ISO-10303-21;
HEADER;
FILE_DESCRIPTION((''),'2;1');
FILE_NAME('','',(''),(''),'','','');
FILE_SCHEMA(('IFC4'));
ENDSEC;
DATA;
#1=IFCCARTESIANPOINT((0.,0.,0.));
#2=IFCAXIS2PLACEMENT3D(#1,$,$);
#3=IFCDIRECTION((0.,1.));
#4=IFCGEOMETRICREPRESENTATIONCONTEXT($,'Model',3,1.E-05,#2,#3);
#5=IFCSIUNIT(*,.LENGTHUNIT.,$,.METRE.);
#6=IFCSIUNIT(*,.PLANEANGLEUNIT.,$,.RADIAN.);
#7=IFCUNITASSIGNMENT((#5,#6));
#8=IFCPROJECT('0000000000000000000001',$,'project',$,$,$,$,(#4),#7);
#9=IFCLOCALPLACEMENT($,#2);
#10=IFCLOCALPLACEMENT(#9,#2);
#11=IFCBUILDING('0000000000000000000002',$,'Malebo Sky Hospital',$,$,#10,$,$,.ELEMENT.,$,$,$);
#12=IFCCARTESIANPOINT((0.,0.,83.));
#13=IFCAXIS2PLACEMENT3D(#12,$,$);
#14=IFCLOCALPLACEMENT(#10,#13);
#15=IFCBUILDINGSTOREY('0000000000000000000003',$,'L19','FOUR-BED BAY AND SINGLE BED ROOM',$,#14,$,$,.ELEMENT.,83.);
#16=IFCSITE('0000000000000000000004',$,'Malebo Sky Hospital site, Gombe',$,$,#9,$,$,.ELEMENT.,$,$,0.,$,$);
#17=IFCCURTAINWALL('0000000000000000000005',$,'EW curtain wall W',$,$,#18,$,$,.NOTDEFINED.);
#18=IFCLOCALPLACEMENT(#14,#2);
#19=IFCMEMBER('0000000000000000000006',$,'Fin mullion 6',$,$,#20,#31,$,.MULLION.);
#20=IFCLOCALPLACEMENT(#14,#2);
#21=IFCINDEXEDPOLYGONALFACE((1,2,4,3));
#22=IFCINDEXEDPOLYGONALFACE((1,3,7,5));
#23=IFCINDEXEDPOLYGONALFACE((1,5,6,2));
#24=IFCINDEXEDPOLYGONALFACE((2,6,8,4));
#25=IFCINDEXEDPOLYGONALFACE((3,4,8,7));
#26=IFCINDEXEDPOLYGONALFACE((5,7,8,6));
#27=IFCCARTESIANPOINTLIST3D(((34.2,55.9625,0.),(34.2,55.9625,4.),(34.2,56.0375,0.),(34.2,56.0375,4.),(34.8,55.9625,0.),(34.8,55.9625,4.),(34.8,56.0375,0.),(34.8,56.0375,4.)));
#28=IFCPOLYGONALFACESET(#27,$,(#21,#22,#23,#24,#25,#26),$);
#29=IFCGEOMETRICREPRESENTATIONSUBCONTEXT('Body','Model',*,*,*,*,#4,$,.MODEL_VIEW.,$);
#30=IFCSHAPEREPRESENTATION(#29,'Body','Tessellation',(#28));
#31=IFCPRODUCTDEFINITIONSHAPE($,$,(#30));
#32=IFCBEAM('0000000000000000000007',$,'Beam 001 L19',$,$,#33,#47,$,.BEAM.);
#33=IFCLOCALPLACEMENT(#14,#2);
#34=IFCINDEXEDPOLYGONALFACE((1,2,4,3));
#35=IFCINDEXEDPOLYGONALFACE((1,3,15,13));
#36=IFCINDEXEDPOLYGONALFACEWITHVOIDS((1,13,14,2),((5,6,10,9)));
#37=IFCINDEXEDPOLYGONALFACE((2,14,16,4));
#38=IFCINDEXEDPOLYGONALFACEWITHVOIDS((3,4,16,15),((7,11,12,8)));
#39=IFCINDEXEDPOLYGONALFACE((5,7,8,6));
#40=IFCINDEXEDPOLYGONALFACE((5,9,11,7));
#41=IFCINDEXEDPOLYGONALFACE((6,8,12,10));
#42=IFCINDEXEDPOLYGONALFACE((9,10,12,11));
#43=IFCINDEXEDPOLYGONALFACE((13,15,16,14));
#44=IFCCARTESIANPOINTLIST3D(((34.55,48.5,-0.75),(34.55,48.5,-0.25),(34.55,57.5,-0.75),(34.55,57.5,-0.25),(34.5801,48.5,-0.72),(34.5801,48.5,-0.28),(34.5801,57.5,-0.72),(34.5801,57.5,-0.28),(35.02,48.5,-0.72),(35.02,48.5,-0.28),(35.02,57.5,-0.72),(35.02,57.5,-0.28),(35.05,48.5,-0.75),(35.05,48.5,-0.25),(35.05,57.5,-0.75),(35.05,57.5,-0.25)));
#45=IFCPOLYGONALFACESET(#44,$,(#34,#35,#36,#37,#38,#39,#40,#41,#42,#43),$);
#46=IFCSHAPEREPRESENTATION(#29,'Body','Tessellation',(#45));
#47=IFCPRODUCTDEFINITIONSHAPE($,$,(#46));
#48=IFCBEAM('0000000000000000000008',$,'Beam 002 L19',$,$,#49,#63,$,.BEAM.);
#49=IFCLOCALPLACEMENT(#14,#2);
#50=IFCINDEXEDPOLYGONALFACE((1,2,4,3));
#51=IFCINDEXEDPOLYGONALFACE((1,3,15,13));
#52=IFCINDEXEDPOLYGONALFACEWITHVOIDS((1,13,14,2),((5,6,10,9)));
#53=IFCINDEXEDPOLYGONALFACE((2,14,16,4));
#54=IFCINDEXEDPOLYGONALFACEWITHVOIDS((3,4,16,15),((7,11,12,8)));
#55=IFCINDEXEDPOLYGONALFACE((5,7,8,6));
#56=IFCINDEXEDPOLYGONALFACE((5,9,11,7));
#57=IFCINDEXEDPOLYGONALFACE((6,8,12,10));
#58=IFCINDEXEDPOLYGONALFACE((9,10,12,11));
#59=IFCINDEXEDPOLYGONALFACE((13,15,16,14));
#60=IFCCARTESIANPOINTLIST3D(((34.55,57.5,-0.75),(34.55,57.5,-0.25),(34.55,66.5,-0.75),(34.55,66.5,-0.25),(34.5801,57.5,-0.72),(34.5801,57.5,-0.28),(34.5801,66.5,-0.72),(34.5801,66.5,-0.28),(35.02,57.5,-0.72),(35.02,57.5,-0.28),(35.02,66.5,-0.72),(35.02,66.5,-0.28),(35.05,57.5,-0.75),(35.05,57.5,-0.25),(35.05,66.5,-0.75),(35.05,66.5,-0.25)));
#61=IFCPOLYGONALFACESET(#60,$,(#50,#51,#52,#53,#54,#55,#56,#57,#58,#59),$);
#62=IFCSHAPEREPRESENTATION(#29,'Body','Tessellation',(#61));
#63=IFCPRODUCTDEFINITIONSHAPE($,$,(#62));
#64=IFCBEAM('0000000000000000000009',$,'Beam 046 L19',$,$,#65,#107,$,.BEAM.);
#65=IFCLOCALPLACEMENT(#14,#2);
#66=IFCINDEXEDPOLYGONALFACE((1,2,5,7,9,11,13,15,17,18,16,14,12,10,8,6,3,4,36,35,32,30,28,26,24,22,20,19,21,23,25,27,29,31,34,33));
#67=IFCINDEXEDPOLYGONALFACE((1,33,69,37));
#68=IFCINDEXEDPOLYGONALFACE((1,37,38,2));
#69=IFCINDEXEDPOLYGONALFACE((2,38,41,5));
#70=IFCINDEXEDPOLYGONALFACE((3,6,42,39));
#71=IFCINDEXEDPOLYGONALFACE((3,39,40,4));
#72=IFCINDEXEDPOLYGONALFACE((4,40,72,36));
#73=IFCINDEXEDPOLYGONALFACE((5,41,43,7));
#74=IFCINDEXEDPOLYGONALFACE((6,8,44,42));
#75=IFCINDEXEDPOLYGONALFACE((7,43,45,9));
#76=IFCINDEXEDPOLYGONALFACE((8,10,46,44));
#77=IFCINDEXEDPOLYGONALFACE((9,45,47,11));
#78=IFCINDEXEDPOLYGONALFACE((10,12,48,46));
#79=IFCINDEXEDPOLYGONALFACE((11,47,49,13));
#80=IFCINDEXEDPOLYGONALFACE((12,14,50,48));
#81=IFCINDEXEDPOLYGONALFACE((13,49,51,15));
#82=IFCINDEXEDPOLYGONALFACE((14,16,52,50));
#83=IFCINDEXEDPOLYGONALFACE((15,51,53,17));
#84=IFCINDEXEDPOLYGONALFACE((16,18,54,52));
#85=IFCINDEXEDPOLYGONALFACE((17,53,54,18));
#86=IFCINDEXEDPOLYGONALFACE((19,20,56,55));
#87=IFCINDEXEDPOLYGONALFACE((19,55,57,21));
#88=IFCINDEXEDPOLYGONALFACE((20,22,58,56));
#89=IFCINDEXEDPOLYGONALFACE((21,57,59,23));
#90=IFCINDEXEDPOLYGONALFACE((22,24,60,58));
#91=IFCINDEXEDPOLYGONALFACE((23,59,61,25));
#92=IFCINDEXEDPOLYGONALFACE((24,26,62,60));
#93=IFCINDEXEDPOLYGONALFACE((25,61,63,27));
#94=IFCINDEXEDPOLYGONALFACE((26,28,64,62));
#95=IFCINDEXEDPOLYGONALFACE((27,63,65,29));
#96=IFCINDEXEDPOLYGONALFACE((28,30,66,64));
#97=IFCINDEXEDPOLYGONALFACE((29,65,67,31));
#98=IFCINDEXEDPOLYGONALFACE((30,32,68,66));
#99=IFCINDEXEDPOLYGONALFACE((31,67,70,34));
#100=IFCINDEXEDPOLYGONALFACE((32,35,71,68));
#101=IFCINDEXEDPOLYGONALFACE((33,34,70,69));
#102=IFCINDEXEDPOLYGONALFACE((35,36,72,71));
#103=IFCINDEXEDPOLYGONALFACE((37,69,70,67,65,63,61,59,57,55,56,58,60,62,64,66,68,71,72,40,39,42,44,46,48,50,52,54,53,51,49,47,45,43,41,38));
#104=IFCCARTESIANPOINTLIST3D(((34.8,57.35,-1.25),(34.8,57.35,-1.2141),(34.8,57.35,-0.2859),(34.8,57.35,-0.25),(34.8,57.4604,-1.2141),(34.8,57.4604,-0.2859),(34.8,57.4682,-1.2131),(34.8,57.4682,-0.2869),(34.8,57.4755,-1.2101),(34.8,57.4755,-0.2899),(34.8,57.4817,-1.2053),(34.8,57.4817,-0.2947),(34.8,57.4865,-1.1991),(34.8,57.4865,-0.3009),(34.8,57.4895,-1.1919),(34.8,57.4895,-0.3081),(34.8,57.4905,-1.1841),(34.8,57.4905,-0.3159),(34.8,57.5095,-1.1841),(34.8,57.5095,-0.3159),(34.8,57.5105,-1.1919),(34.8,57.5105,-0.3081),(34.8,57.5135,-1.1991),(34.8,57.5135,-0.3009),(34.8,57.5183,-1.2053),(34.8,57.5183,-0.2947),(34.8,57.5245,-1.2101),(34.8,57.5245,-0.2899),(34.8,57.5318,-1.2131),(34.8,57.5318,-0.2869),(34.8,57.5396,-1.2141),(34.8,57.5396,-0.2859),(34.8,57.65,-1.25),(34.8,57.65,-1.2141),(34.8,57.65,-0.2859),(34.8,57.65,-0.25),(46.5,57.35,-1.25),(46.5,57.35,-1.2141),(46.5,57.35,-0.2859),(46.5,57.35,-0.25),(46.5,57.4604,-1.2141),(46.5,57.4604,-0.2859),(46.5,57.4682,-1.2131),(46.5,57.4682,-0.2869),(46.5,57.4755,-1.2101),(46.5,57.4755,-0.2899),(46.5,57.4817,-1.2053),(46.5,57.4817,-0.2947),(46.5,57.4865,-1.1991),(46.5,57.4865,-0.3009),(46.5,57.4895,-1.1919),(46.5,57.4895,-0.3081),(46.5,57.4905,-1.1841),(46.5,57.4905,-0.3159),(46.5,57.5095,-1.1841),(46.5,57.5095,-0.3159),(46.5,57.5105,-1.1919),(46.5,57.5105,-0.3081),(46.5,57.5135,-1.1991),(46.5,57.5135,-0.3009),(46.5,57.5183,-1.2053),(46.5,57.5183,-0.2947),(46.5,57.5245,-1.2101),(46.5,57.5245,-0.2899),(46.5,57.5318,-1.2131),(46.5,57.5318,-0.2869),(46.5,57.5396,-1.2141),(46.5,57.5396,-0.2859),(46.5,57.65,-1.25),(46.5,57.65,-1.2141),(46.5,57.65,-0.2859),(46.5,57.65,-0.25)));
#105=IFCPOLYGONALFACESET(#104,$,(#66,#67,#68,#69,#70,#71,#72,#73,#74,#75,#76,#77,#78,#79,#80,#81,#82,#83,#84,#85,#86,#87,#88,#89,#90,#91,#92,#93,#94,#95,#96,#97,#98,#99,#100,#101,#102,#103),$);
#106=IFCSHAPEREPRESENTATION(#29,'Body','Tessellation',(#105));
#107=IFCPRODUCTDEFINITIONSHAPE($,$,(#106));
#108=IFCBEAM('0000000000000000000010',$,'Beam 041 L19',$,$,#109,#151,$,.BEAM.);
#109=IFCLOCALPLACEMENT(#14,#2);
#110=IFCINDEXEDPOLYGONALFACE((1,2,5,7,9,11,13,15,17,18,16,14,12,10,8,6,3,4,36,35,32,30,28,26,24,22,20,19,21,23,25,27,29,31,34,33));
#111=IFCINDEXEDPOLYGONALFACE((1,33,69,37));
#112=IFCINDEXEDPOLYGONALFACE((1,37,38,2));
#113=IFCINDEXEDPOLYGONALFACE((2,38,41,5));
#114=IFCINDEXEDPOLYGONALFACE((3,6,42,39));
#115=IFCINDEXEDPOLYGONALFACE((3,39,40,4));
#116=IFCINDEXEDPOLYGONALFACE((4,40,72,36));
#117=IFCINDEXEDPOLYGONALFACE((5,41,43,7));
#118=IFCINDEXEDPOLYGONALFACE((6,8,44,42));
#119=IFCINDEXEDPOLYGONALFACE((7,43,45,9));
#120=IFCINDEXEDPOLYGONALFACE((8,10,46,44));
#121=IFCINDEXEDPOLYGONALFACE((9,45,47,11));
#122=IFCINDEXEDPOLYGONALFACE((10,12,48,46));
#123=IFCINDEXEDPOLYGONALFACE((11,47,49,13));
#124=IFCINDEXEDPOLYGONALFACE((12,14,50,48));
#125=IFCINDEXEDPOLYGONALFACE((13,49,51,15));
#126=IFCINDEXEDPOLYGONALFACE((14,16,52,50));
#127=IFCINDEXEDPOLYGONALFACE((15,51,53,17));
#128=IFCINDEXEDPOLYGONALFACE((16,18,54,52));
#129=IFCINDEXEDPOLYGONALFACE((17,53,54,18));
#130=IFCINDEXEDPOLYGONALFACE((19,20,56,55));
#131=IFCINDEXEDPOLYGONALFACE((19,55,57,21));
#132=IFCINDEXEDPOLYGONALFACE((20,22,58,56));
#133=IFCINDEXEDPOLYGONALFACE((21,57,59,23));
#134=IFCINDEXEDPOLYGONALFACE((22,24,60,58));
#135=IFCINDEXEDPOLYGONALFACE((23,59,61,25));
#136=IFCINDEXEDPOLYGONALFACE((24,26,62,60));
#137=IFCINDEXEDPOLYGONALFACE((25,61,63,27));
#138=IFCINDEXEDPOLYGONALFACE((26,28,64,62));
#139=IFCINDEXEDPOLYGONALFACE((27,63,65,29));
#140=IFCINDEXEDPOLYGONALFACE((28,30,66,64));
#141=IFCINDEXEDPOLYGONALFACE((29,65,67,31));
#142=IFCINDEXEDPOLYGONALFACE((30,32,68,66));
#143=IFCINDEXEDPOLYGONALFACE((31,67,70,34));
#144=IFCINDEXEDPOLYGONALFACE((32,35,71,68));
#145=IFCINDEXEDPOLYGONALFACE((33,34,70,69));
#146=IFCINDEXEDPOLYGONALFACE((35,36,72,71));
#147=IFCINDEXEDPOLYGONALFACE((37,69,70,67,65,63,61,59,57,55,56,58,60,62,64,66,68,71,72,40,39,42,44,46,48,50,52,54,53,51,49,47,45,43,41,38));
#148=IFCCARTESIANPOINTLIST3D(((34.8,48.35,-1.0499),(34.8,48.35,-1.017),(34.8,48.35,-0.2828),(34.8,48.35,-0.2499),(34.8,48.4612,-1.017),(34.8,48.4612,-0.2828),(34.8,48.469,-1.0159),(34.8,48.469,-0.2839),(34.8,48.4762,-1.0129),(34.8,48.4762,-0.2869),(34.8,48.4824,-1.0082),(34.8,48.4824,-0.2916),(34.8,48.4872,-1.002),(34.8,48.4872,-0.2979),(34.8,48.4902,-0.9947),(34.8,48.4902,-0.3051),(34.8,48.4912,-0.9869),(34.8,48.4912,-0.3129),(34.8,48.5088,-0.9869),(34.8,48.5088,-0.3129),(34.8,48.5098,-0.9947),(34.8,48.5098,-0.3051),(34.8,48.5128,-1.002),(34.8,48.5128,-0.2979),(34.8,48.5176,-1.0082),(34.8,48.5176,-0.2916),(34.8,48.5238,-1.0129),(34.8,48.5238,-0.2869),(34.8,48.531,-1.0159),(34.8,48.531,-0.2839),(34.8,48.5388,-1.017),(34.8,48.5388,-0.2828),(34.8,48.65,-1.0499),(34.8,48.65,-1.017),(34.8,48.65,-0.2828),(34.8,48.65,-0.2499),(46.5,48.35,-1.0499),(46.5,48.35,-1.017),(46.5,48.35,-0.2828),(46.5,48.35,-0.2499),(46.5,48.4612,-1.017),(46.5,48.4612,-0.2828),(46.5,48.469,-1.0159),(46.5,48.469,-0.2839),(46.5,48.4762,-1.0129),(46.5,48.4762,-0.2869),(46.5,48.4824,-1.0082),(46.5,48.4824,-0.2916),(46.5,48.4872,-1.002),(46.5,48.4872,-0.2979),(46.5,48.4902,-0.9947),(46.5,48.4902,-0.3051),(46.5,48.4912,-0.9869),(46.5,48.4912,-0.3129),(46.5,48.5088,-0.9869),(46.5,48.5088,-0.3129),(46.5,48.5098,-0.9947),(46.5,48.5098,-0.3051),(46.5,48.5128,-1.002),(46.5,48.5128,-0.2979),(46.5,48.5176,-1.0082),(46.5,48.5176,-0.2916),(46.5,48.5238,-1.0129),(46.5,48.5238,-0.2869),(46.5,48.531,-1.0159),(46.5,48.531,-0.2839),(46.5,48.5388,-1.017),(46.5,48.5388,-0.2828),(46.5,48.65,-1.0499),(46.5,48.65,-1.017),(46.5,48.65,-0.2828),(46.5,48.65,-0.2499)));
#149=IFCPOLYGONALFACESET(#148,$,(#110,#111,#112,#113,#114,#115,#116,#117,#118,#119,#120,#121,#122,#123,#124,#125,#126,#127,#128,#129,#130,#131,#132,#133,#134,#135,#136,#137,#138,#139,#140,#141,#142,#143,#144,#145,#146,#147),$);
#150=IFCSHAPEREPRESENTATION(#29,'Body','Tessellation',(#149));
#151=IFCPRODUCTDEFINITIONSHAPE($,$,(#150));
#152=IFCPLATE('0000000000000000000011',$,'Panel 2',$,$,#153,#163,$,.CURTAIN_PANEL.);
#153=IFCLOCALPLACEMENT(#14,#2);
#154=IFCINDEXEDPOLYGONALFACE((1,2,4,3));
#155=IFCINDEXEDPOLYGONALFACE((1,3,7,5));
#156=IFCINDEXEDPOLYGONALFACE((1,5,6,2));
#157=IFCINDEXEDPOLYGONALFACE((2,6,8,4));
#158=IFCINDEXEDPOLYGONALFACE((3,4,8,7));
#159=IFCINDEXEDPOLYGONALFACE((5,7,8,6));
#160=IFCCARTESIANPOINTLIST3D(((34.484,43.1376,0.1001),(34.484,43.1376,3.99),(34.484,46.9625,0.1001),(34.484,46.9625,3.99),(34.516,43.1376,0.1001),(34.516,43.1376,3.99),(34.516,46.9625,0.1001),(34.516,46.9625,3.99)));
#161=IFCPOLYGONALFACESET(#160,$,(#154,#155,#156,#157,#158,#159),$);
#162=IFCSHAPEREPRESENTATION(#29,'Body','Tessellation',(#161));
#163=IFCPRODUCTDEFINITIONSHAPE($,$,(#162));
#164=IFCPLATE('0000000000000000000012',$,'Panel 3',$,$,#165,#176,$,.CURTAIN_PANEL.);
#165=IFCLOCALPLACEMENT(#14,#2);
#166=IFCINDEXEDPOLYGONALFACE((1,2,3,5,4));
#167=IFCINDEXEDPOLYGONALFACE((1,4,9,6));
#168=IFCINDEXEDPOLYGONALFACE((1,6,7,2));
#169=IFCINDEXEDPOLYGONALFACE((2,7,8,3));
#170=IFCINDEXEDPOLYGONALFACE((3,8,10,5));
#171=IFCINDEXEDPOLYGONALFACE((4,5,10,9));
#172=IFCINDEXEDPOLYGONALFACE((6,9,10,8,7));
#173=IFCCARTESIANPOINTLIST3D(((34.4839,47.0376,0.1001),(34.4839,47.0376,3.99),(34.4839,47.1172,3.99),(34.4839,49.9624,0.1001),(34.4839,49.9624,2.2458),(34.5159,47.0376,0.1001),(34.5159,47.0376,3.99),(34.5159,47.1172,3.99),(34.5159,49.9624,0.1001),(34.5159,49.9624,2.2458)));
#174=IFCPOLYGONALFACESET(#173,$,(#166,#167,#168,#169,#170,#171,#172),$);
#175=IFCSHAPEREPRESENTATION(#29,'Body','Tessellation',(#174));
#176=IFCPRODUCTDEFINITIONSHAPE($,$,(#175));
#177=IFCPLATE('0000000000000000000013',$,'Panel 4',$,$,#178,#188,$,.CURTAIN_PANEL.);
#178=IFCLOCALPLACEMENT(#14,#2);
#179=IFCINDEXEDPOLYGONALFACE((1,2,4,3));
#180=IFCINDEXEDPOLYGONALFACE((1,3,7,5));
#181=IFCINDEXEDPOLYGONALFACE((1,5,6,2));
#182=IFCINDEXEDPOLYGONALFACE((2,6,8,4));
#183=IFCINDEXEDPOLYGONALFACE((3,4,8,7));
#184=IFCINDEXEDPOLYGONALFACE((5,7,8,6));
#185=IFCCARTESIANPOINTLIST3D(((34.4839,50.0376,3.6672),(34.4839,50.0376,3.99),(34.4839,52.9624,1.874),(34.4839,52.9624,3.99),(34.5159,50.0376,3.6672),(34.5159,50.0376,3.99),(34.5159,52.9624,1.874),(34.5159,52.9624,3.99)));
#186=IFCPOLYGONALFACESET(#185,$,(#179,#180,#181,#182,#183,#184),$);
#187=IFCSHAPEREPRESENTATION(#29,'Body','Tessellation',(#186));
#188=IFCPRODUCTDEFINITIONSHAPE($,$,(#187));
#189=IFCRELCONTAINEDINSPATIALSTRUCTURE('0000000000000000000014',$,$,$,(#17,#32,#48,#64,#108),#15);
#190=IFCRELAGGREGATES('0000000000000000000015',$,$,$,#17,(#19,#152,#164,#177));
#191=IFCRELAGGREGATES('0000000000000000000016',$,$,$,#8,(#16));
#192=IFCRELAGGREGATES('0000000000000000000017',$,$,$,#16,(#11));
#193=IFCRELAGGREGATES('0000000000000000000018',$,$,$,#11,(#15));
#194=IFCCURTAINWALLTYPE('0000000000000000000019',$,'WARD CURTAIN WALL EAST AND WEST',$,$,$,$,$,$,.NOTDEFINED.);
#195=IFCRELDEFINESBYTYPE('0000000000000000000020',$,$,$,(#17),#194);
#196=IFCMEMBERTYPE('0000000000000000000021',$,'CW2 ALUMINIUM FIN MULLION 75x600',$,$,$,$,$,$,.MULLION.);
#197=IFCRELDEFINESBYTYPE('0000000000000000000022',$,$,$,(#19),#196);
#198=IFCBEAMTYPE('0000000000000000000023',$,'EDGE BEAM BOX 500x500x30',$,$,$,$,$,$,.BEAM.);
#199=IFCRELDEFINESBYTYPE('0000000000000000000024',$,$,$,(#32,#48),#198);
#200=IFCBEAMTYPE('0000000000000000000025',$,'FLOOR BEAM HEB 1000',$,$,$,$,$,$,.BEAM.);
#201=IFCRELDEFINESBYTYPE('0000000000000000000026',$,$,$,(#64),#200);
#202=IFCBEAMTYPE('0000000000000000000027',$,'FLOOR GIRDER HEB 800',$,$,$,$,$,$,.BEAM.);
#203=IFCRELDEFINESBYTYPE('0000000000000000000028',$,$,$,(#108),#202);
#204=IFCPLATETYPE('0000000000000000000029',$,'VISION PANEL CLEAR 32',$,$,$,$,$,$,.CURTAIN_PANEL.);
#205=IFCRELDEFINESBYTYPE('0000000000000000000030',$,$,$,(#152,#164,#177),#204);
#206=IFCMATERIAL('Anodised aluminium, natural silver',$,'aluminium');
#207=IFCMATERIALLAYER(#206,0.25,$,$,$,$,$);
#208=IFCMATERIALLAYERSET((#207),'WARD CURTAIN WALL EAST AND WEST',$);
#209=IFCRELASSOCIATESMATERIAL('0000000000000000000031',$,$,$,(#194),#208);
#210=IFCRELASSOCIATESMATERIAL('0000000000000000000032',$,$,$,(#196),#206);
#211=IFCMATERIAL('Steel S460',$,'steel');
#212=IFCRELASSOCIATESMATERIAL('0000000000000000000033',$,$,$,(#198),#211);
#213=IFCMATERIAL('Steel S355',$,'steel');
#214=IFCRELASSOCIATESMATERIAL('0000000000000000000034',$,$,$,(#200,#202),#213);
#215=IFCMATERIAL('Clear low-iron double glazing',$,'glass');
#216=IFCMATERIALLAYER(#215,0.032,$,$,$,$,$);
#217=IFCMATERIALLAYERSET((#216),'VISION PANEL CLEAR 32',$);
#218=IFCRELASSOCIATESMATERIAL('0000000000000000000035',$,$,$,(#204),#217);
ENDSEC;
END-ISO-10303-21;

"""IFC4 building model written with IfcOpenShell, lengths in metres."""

from ifc_helpers import new_model, si_unit, direction, frame, origin, origin_2d, place, context, subcontext, project, spatial, polyline, rectangle, hollow_rectangle, i_section, outline, extrude, material, layer, layer_set, material_profile, profile_set, type_object, element, aggregate, save


model = new_model("IFC4")

# Units and contexts
model_context = context("Model", 3, precision=1e-05, world=origin(), true_north=direction((0.0, 1.0)))
body_context = subcontext(model_context, "Body", "Model", "MODEL_VIEW")
ifc_project = project(units=[si_unit("LENGTHUNIT", "METRE"), si_unit("PLANEANGLEUNIT", "RADIAN")], contexts=[model_context])

# Site, building, storey
site_placement = place(None, origin())
site = spatial("IfcSite", under=ifc_project, at=site_placement, Name="Malebo Sky Hospital site, Gombe", CompositionType="ELEMENT", RefElevation=0.0)
building_placement = place(site_placement, origin())
building = spatial("IfcBuilding", under=site, at=building_placement, Name="Malebo Sky Hospital", CompositionType="ELEMENT")
storey_placement = place(building_placement, frame((0.0, 0.0, 83.0)))
storey = spatial("IfcBuildingStorey", under=building, at=storey_placement, Name="L19", Description="FOUR-BED BAY AND SINGLE BED ROOM", CompositionType="ELEMENT", Elevation=83.0)

# Shared definitions
ifc_material_1 = material(Name="Steel S460", Category="steel")

# Curtain wall
ifc_material_2 = material(Name="Anodised aluminium, natural silver", Category="aluminium")
ifc_layer_1 = layer(ifc_material_2, 0.25)
ifc_layer_set_1 = layer_set([ifc_layer_1], Name="WARD CURTAIN WALL EAST AND WEST")
curtain_wall_type = type_object("IfcCurtainWallType", Name="WARD CURTAIN WALL EAST AND WEST", PredefinedType="NOTDEFINED", material=ifc_layer_set_1)
curtain_wall_placement = place(storey_placement, origin())
curtain_wall = element("IfcCurtainWall", 1, at=curtain_wall_placement, inside=storey, type_object=curtain_wall_type, Name="EW curtain wall W", PredefinedType="NOTDEFINED")

# Member
ifc_material_3 = material(Name="Steel S355", Category="steel")
ifc_material_profile_1 = material_profile(ifc_material_2, rectangle(XDim=0.075, YDim=0.6001, at=origin_2d()), Name="CW2 ALUMINIUM FIN MULLION 75x600")
ifc_profile_set_1 = profile_set([ifc_material_profile_1], Name="Anodised aluminium, natural silver")
member_type_1 = type_object("IfcMemberType", Name="CW2 ALUMINIUM FIN MULLION 75x600", PredefinedType="MULLION", material=ifc_profile_set_1)
member_1_placement = place(storey_placement, frame((34.5, 56.0, 0.0), z_axis=(0.0, 0.0, 1.0), x_axis=(0.0, 1.0, 0.0)))
member_1 = element("IfcMember", 2, at=member_1_placement, type_object=member_type_1, Name="Fin mullion 6", PredefinedType="MULLION", context=body_context, shape_type="SweptSolid", body=[
    extrude(rectangle(XDim=0.075, YDim=0.6001, at=origin_2d()), origin(), (0.0, 0.0, 1.0), 4.0),
])

# Beams
ifc_material_profile_2 = material_profile(ifc_material_1, hollow_rectangle(XDim=0.5, YDim=0.5, WallThickness=0.03, at=origin_2d()), Name="BOX 500x500x30")
ifc_profile_set_2 = profile_set([ifc_material_profile_2], Name="Steel S460")
beam_type_1 = type_object("IfcBeamType", Name="EDGE BEAM BOX 500x500x30", PredefinedType="BEAM", material=ifc_profile_set_2)
for number, where, z_axis, x_axis, name in (
    (3, (34.8, 48.5, -0.5), (0.0, 1.0, 0.0), (-1.0, 0.0, 0.0), "Beam 001 L19"),
    (4, (34.8, 57.5, -0.5), (0.0, 1.0, 0.0), (-1.0, 0.0, 0.0), "Beam 002 L19"),
):
    element("IfcBeam", number, at=place(storey_placement, frame(where, z_axis=z_axis, x_axis=x_axis)), inside=storey, type_object=beam_type_1, Name=name, PredefinedType="BEAM", context=body_context, shape_type="SweptSolid", body=[
        extrude(hollow_rectangle(XDim=0.5, YDim=0.5, WallThickness=0.03, at=origin_2d()), origin(), (0.0, 0.0, 1.0), 9.0),
    ])
ifc_material_profile_3 = material_profile(ifc_material_3, i_section(OverallWidth=0.3, OverallDepth=1.0, WebThickness=0.019, FlangeThickness=0.0359, FilletRadius=0.03, at=origin_2d()), Name="HEB 1000")
ifc_profile_set_3 = profile_set([ifc_material_profile_3], Name="Steel S355")
beam_type_2 = type_object("IfcBeamType", Name="FLOOR BEAM HEB 1000", PredefinedType="BEAM", material=ifc_profile_set_3)
beam_1_placement = place(storey_placement, frame((34.8, 57.5, -0.75), z_axis=(1.0, 0.0, 0.0), x_axis=(0.0, 1.0, 0.0)))
element("IfcBeam", 5, at=beam_1_placement, inside=storey, type_object=beam_type_2, Name="Beam 046 L19", PredefinedType="BEAM", context=body_context, shape_type="SweptSolid", body=[
    extrude(i_section(OverallWidth=0.3, OverallDepth=1.0, WebThickness=0.019, FlangeThickness=0.0359, FilletRadius=0.03, at=origin_2d()), origin(), (0.0, 0.0, 1.0), 11.7),
])
ifc_material_profile_4 = material_profile(ifc_material_3, i_section(OverallWidth=0.3, OverallDepth=0.8, WebThickness=0.0176, FlangeThickness=0.033, FilletRadius=0.03, at=origin_2d()), Name="HEB 800")
ifc_profile_set_4 = profile_set([ifc_material_profile_4], Name="Steel S355")
beam_type_3 = type_object("IfcBeamType", Name="FLOOR GIRDER HEB 800", PredefinedType="BEAM", material=ifc_profile_set_4)
beam_2_placement = place(storey_placement, frame((34.8, 48.5, -0.6499), z_axis=(1.0, 0.0, 0.0), x_axis=(0.0, 1.0, 0.0)))
element("IfcBeam", 6, at=beam_2_placement, inside=storey, type_object=beam_type_3, Name="Beam 041 L19", PredefinedType="BEAM", context=body_context, shape_type="SweptSolid", body=[
    extrude(i_section(OverallWidth=0.3, OverallDepth=0.8, WebThickness=0.0176, FlangeThickness=0.033, FilletRadius=0.03, at=origin_2d()), origin(), (0.0, 0.0, 1.0), 11.7),
])

# Plates
ifc_material_4 = material(Name="Clear low-iron double glazing", Category="glass")
ifc_layer_2 = layer(ifc_material_4, 0.032)
ifc_layer_set_2 = layer_set([ifc_layer_2], Name="VISION PANEL CLEAR 32")
plate_type = type_object("IfcPlateType", Name="VISION PANEL CLEAR 32", PredefinedType="CURTAIN_PANEL", material=ifc_layer_set_2)
plate_1_placement = place(storey_placement, frame((34.5, 45.05, 0.1001), z_axis=(0.0, 0.0, 1.0), x_axis=(0.0, 1.0, 0.0)))
plate_1 = element("IfcPlate", 7, at=plate_1_placement, type_object=plate_type, Name="Panel 2", PredefinedType="CURTAIN_PANEL", context=body_context, shape_type="SweptSolid", body=[
    extrude(rectangle(XDim=3.825, YDim=0.032, at=origin_2d()), origin(), (0.0, 0.0, 1.0), 3.8899),
])
plate_2_placement = place(storey_placement, frame((34.5, 48.5, 0.1001), z_axis=(0.0, 0.0, 1.0), x_axis=(0.0, 1.0, 0.0)))
plate_2 = element("IfcPlate", 8, at=plate_2_placement, type_object=plate_type, Name="Panel 3", PredefinedType="CURTAIN_PANEL", context=body_context, shape_type="SweptSolid", body=[
    extrude(outline(polyline([(-1.4624, 0.0), (1.4624, 0.0), (1.4624, 2.1458), (-1.3828, 3.8899), (-1.4624, 3.8899), (-1.4624, 0.0)])), frame((0.0, 0.0161, 0.0), z_axis=(0.0, -1.0, 0.0), x_axis=(1.0, 0.0, 0.0)), (0.0, 0.0, 1.0), 0.032),
])
plate_3_placement = place(storey_placement, frame((34.5, 51.5, 1.874), z_axis=(0.0, 0.0, 1.0), x_axis=(0.0, 1.0, 0.0)))
plate_3 = element("IfcPlate", 9, at=plate_3_placement, type_object=plate_type, Name="Panel 4", PredefinedType="CURTAIN_PANEL", context=body_context, shape_type="SweptSolid", body=[
    extrude(outline(polyline([(1.4624, 0.0), (1.4624, 2.116), (-1.4624, 2.116), (-1.4624, 1.7932), (1.4624, 0.0)])), frame((0.0, 0.0161, 0.0), z_axis=(0.0, -1.0, 0.0), x_axis=(1.0, 0.0, 0.0)), (0.0, 0.0, 1.0), 0.032),
])
aggregate(curtain_wall, [member_1, plate_1, plate_2, plate_3])

save(model, "model.ifc")
